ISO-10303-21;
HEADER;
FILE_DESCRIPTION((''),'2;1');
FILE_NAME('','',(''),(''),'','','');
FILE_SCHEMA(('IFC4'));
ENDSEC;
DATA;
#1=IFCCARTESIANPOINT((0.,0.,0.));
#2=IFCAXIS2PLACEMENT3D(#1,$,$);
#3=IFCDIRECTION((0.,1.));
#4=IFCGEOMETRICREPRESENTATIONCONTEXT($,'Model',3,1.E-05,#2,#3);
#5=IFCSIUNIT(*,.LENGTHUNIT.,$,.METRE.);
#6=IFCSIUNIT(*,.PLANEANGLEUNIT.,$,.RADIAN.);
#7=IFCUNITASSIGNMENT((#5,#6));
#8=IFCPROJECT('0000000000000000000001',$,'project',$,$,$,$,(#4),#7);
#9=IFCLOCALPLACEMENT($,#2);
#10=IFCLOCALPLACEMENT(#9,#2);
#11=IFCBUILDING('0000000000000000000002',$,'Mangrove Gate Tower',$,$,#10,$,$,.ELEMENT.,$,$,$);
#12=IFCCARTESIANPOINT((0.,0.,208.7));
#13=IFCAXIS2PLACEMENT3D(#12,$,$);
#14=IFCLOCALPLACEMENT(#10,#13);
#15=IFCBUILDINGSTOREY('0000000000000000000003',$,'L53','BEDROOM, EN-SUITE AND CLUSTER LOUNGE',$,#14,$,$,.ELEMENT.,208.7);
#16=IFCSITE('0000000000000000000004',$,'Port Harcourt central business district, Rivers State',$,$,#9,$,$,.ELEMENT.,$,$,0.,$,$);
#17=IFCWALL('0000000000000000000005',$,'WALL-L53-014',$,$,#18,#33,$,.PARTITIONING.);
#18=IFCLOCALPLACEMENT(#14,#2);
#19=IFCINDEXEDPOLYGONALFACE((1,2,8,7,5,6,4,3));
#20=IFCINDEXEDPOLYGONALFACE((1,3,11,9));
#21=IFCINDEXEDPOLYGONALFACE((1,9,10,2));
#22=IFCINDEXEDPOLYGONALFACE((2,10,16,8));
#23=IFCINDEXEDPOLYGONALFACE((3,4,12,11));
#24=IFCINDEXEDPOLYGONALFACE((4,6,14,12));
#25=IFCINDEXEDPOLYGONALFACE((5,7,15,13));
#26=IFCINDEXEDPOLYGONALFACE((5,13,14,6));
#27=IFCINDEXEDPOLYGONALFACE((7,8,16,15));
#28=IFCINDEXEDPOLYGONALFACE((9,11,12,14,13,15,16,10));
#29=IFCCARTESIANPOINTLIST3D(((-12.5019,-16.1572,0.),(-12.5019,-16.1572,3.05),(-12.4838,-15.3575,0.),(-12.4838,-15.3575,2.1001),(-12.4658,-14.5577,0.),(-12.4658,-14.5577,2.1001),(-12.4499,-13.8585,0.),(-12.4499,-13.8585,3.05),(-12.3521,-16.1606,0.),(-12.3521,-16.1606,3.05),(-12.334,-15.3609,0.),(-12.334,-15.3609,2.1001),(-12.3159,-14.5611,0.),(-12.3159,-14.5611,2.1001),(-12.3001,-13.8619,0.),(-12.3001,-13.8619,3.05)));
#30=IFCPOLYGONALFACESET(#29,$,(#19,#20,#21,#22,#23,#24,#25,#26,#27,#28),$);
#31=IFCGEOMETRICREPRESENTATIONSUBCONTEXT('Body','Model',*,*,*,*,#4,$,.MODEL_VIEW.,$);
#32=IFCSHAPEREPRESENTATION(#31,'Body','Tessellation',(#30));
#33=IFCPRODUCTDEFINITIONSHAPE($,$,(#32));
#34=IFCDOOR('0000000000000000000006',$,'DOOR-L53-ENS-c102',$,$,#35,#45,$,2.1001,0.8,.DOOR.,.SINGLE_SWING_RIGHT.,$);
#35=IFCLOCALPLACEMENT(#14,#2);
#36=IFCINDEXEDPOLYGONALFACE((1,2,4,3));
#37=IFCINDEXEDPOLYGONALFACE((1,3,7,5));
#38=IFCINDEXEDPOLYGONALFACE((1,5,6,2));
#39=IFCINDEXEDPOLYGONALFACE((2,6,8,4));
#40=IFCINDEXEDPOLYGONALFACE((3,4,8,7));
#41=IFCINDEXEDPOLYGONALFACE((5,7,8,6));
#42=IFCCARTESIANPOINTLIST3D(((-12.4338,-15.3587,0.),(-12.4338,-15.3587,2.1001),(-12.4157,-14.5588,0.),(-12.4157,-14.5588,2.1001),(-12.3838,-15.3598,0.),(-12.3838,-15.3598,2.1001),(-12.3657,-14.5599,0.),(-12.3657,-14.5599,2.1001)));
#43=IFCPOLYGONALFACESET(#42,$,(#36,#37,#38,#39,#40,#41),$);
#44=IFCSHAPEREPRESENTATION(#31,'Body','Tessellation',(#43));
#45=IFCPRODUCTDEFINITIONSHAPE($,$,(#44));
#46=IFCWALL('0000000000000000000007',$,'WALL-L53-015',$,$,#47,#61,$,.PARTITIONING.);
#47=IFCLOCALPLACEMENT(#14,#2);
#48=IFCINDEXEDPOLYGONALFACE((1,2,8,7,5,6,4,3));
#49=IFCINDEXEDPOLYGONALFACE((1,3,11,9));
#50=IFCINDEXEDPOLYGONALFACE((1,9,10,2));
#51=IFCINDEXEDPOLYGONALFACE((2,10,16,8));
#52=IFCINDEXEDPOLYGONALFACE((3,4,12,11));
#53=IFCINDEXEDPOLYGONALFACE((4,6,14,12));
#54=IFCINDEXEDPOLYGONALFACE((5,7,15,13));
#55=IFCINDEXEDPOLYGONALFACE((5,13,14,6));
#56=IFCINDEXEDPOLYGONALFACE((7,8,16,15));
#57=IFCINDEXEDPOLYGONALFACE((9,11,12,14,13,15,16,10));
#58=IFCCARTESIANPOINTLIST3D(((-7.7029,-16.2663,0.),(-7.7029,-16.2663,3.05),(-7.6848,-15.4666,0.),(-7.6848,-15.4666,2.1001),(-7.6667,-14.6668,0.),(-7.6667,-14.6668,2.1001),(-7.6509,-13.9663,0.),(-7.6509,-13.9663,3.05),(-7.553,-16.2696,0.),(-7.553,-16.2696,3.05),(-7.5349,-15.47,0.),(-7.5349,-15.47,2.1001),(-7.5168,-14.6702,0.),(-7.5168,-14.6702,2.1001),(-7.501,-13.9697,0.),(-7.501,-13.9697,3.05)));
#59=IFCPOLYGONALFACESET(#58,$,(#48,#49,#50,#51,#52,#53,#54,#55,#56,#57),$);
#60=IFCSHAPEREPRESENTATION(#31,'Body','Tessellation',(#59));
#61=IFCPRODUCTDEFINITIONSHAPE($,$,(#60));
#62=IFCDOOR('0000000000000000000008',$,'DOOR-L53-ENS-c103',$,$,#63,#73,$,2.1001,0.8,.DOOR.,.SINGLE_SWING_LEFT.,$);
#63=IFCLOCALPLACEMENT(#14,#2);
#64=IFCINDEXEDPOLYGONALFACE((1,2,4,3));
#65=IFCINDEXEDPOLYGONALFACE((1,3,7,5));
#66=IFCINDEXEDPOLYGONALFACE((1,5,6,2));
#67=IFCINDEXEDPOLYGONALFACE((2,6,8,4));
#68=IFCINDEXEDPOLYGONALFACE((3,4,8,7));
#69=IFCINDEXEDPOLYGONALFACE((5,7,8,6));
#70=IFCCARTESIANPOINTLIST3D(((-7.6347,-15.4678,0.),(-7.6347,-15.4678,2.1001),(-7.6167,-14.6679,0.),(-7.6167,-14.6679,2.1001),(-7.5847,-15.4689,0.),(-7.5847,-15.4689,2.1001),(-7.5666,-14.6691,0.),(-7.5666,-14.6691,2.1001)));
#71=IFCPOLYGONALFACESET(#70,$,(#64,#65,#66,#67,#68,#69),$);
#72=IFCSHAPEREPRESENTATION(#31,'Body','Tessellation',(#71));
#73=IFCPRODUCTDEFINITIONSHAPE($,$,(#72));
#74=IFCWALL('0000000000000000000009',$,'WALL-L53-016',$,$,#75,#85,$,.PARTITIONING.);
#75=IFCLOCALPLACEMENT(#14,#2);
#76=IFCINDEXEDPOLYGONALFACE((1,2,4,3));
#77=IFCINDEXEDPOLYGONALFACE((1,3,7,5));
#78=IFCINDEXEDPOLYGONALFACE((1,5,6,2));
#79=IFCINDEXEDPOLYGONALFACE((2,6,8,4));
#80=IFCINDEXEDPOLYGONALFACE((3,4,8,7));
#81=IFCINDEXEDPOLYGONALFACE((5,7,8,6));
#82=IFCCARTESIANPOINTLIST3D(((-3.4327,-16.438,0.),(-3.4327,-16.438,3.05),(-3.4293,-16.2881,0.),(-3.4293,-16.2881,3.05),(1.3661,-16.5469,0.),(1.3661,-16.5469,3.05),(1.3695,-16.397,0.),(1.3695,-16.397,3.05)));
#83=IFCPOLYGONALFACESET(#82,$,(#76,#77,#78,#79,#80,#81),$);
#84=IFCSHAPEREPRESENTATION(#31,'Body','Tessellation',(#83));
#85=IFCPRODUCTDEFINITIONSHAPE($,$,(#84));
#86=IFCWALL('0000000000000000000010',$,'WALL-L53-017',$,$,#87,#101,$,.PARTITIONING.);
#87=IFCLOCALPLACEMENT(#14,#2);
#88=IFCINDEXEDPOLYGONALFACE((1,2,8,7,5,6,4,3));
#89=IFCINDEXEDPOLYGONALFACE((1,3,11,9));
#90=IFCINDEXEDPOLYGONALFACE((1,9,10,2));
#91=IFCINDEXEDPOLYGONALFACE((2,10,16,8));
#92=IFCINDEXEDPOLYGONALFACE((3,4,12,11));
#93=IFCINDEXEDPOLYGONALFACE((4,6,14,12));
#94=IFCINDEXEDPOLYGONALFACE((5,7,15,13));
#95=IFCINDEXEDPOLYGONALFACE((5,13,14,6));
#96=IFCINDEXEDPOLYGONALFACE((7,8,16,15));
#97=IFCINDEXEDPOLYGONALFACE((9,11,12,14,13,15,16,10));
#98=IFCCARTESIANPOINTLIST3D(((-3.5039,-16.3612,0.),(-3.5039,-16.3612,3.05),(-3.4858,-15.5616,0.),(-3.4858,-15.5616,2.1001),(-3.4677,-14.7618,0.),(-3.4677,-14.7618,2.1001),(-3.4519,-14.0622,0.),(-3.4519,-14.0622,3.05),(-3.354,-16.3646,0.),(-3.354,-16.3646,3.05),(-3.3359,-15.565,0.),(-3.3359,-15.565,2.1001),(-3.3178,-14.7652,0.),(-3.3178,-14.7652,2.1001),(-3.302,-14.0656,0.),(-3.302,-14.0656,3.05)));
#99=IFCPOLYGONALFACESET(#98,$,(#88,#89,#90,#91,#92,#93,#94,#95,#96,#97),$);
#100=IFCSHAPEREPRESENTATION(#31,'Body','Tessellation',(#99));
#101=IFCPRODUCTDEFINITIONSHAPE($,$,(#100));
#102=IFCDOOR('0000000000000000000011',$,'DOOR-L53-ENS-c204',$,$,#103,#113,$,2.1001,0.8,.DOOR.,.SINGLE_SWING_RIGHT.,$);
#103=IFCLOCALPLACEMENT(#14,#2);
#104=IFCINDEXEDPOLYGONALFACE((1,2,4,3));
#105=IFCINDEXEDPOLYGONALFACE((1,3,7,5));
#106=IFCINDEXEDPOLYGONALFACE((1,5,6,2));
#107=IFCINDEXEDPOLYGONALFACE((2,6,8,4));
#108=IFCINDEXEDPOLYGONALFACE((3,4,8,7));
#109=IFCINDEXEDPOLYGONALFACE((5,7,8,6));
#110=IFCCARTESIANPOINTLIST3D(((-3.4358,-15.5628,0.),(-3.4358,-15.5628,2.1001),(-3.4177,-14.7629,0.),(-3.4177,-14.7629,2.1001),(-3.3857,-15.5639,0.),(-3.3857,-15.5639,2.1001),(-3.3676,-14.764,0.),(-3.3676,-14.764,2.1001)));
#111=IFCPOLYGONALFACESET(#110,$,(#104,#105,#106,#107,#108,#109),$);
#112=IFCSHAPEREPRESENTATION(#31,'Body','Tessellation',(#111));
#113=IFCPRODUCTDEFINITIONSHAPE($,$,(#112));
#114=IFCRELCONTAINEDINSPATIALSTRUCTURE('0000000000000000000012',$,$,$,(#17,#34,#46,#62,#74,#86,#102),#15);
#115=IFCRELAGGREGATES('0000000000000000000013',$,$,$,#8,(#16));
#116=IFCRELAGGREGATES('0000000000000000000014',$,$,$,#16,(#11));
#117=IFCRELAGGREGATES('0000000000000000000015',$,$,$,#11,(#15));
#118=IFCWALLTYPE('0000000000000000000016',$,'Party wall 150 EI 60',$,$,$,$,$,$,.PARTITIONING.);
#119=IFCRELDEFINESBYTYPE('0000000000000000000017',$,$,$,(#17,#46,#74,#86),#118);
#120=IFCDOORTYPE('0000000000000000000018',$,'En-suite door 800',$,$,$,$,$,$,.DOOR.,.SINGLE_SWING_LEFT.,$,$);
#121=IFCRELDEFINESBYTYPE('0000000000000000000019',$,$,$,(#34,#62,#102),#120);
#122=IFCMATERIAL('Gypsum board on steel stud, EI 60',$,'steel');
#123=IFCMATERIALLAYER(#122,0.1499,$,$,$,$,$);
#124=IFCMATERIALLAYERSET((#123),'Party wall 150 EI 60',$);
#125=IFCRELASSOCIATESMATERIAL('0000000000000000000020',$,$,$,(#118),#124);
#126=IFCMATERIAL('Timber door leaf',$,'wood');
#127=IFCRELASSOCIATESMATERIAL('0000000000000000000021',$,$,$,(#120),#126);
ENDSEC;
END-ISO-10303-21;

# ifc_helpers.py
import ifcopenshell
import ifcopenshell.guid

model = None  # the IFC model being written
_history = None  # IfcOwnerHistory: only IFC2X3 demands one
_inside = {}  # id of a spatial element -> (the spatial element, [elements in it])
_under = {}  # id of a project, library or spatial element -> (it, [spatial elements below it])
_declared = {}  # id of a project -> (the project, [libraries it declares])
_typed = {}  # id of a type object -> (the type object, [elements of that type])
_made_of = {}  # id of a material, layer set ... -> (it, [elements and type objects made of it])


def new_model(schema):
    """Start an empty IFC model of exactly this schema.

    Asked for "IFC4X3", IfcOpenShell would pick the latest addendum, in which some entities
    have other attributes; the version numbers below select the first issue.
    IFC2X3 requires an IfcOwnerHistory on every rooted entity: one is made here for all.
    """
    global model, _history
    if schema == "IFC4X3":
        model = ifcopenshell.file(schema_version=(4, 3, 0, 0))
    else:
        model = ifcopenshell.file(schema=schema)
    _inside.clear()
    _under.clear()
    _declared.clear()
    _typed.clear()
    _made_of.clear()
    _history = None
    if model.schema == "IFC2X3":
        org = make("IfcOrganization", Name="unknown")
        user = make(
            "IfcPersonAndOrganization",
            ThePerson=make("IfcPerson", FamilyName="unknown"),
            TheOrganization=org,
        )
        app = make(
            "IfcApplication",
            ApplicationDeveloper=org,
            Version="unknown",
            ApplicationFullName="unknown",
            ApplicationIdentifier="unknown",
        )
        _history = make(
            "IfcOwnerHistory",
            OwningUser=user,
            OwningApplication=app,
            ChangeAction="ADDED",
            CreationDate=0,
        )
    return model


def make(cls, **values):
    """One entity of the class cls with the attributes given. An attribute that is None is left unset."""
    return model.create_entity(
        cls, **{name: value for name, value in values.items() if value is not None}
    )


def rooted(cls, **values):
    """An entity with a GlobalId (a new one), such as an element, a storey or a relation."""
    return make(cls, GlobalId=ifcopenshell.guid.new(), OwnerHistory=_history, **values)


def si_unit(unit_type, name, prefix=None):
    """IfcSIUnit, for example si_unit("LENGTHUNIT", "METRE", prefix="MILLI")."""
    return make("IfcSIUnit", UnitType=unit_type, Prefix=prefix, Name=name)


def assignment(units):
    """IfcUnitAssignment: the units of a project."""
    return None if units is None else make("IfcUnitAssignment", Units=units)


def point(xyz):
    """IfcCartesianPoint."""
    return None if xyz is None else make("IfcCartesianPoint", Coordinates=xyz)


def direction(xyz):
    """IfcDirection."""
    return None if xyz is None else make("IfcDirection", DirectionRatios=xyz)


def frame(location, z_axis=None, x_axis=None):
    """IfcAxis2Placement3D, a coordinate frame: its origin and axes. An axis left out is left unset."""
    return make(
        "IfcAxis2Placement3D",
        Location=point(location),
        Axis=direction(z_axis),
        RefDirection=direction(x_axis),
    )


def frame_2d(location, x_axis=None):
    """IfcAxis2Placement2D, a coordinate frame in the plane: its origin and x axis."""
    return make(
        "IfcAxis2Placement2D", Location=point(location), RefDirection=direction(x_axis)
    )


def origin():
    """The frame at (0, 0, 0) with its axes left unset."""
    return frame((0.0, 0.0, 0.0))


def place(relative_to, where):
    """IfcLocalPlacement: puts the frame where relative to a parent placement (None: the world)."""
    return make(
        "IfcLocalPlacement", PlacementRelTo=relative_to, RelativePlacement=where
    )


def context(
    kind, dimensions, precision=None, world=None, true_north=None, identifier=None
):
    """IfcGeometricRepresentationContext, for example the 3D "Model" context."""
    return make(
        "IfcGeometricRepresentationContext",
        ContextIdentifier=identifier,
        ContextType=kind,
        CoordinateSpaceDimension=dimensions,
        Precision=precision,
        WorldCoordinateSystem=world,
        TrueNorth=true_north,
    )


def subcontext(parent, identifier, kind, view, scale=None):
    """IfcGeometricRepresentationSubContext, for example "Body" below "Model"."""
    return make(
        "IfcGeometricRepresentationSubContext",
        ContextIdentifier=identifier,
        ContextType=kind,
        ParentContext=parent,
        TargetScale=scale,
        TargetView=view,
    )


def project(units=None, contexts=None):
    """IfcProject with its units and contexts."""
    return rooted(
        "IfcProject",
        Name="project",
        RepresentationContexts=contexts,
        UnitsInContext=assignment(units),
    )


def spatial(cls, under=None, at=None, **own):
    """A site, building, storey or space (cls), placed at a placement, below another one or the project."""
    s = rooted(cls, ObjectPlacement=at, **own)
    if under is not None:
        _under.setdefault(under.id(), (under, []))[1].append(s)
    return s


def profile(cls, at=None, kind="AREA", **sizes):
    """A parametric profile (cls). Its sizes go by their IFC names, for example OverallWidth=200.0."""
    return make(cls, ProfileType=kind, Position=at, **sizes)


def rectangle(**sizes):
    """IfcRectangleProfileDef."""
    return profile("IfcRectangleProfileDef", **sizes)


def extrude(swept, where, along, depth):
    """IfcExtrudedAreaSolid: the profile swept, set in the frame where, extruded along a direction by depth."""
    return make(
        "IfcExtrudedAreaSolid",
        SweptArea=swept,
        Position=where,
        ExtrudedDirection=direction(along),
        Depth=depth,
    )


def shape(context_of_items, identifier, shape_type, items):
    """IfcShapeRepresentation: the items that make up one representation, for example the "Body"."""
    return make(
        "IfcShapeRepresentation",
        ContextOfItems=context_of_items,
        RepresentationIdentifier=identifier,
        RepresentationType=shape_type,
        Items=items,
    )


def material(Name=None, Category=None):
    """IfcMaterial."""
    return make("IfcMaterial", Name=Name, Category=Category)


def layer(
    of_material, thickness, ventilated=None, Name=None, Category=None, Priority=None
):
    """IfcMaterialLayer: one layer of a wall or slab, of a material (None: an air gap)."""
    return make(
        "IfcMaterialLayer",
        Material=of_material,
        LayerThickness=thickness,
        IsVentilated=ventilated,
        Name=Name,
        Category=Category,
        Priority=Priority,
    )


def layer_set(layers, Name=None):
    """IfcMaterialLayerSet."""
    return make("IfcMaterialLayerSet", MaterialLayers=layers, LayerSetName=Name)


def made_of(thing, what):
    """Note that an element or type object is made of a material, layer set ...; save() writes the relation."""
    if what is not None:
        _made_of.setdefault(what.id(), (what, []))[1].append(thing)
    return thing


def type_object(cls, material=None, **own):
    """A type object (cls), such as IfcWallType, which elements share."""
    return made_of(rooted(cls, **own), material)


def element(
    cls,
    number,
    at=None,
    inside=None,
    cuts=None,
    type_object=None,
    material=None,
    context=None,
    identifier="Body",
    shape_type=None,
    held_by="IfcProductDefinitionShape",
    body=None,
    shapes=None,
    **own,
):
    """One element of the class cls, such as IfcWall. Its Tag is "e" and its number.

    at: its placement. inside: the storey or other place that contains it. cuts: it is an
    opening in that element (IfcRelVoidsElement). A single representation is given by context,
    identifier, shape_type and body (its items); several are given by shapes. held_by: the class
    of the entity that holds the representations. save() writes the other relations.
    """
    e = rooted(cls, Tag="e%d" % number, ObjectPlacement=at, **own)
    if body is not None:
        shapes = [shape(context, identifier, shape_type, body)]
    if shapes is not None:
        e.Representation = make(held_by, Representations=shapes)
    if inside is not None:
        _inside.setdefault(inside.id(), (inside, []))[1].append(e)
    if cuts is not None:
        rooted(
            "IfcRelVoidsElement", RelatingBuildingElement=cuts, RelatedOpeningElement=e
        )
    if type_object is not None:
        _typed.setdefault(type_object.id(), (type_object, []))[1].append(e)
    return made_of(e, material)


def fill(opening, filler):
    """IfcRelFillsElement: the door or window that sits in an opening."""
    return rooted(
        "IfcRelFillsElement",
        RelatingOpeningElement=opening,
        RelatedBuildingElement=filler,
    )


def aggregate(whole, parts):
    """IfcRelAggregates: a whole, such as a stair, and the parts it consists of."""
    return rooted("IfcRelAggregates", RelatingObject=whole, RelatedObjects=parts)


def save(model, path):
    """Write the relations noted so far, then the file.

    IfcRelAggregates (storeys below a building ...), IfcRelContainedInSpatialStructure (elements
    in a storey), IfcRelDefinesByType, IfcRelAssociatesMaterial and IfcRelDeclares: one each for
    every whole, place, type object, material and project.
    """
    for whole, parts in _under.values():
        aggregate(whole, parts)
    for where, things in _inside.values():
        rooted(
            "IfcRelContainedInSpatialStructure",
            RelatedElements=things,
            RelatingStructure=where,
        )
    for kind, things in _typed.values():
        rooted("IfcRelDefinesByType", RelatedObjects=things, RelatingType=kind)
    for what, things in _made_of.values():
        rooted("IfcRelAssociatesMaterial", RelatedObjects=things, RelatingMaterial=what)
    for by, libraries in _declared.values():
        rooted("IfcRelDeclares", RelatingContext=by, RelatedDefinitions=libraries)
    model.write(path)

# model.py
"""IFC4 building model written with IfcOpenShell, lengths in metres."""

from ifc_helpers import new_model, si_unit, direction, frame, frame_2d, origin, place, context, subcontext, project, spatial, rectangle, extrude, material, layer, layer_set, type_object, element, fill, save


model = new_model("IFC4")

# Units and contexts
model_context = context("Model", 3, precision=1e-05, world=origin(), true_north=direction((0.0, 1.0)))
body_context = subcontext(model_context, "Body", "Model", "MODEL_VIEW")
ifc_project = project(units=[si_unit("LENGTHUNIT", "METRE"), si_unit("PLANEANGLEUNIT", "RADIAN")], contexts=[model_context])

# Site, building, storey
site_placement = place(None, origin())
site = spatial("IfcSite", under=ifc_project, at=site_placement, Name="Port Harcourt central business district, Rivers State", CompositionType="ELEMENT", RefElevation=0.0)
building_placement = place(site_placement, origin())
building = spatial("IfcBuilding", under=site, at=building_placement, Name="Mangrove Gate Tower", CompositionType="ELEMENT")
storey_placement = place(building_placement, frame((0.0, 0.0, 208.7)))
storey = spatial("IfcBuildingStorey", under=building, at=storey_placement, Name="L53", Description="BEDROOM, EN-SUITE AND CLUSTER LOUNGE", CompositionType="ELEMENT", Elevation=208.7)

# Shared definitions
ifc_material_1 = material(Name="Gypsum board on steel stud, EI 60", Category="steel")
ifc_layer = layer(ifc_material_1, 0.1499)
ifc_layer_set = layer_set([ifc_layer], Name="Party wall 150 EI 60")
wall_type = type_object("IfcWallType", Name="Party wall 150 EI 60", PredefinedType="PARTITIONING", material=ifc_layer_set)

# Shared definitions
ifc_material_2 = material(Name="Timber door leaf", Category="wood")
door_type = type_object("IfcDoorType", Name="En-suite door 800", OperationType="SINGLE_SWING_LEFT", PredefinedType="DOOR", material=ifc_material_2)

# Walls, openings, doors
wall_1_placement = place(storey_placement, frame((-12.427, -16.1589, 0.0), z_axis=(0.0, 0.0, 1.0), x_axis=(0.022615, 0.999744, 0.0)))
wall_1 = element("IfcWall", 1, at=wall_1_placement, inside=storey, type_object=wall_type, Name="WALL-L53-014", PredefinedType="PARTITIONING", context=body_context, shape_type="SweptSolid", body=[
    extrude(rectangle(XDim=2.2993, YDim=0.1499, at=frame_2d((1.1497, 0.0))), origin(), (0.0, 0.0, 1.0), 3.05),
])
opening_1_placement = place(wall_1_placement, frame((0.8, 0.0, 0.0)))
opening_1 = element("IfcOpeningElement", 2, at=opening_1_placement, cuts=wall_1, PredefinedType="OPENING", context=body_context, shape_type="SweptSolid", body=[
    extrude(rectangle(XDim=0.8, YDim=2.1001, at=frame_2d((0.3999, 1.05))), frame((0.0, 0.085, 0.0), z_axis=(0.0, -1.0, 0.0), x_axis=(1.0, 0.0, 0.0)), (0.0, 0.0, 1.0), 0.1699),
])
door_1_placement = place(opening_1_placement, origin())
door_1 = element("IfcDoor", 3, at=door_1_placement, inside=storey, type_object=door_type, Name="DOOR-L53-ENS-c102", OperationType="SINGLE_SWING_RIGHT", OverallHeight=2.1001, OverallWidth=0.8, PredefinedType="DOOR", context=body_context, shape_type="SweptSolid", body=[
    extrude(rectangle(XDim=0.8, YDim=2.1001, at=frame_2d((0.3999, 1.05))), frame((0.0, 0.0249, 0.0), z_axis=(0.0, -1.0, 0.0), x_axis=(1.0, 0.0, 0.0)), (0.0, 0.0, 1.0), 0.05),
])
fill(opening_1, door_1)
wall_2_placement = place(storey_placement, frame((-7.6279, -16.2681, 0.0), z_axis=(0.0, 0.0, 1.0), x_axis=(0.022603, 0.999745, 0.0)))
wall_2 = element("IfcWall", 4, at=wall_2_placement, inside=storey, type_object=wall_type, Name="WALL-L53-015", PredefinedType="PARTITIONING", context=body_context, shape_type="SweptSolid", body=[
    extrude(rectangle(XDim=2.3005, YDim=0.1499, at=frame_2d((1.1504, 0.0))), origin(), (0.0, 0.0, 1.0), 3.05),
])
opening_2_placement = place(wall_2_placement, frame((0.8, 0.0, 0.0)))
opening_2 = element("IfcOpeningElement", 5, at=opening_2_placement, cuts=wall_2, PredefinedType="OPENING", context=body_context, shape_type="SweptSolid", body=[
    extrude(rectangle(XDim=0.8, YDim=2.1001, at=frame_2d((0.3999, 1.05))), frame((0.0, 0.085, 0.0), z_axis=(0.0, -1.0, 0.0), x_axis=(1.0, 0.0, 0.0)), (0.0, 0.0, 1.0), 0.1699),
])
door_2_placement = place(opening_2_placement, origin())
door_2 = element("IfcDoor", 6, at=door_2_placement, inside=storey, type_object=door_type, Name="DOOR-L53-ENS-c103", OperationType="SINGLE_SWING_LEFT", OverallHeight=2.1001, OverallWidth=0.8, PredefinedType="DOOR", context=body_context, shape_type="SweptSolid", body=[
    extrude(rectangle(XDim=0.8, YDim=2.1001, at=frame_2d((0.3999, 1.05))), frame((0.0, 0.0249, 0.0), z_axis=(0.0, -1.0, 0.0), x_axis=(1.0, 0.0, 0.0)), (0.0, 0.0, 1.0), 0.05),
])
fill(opening_2, door_2)

# Wall
wall_3_placement = place(storey_placement, frame((-3.4309, -16.363, 0.0), z_axis=(0.0, 0.0, 1.0), x_axis=(0.999743, -0.022684, 0.0)))
element("IfcWall", 7, at=wall_3_placement, inside=storey, type_object=wall_type, Name="WALL-L53-016", PredefinedType="PARTITIONING", context=body_context, shape_type="SweptSolid", body=[
    extrude(rectangle(XDim=4.8, YDim=0.1499, at=frame_2d((2.3999, 0.0))), origin(), (0.0, 0.0, 1.0), 3.05),
])

# Wall, opening, door
wall_4_placement = place(storey_placement, frame((-3.429, -16.363, 0.0), z_axis=(0.0, 0.0, 1.0), x_axis=(0.022613, 0.999744, 0.0)))
wall_4 = element("IfcWall", 8, at=wall_4_placement, inside=storey, type_object=wall_type, Name="WALL-L53-017", PredefinedType="PARTITIONING", context=body_context, shape_type="SweptSolid", body=[
    extrude(rectangle(XDim=2.2996, YDim=0.1499, at=frame_2d((1.1499, 0.0))), origin(), (0.0, 0.0, 1.0), 3.05),
])
opening_3_placement = place(wall_4_placement, frame((0.8, 0.0, 0.0)))
opening_3 = element("IfcOpeningElement", 9, at=opening_3_placement, cuts=wall_4, PredefinedType="OPENING", context=body_context, shape_type="SweptSolid", body=[
    extrude(rectangle(XDim=0.8, YDim=2.1001, at=frame_2d((0.3999, 1.05))), frame((0.0, 0.085, 0.0), z_axis=(0.0, -1.0, 0.0), x_axis=(1.0, 0.0, 0.0)), (0.0, 0.0, 1.0), 0.1699),
])
door_3_placement = place(opening_3_placement, origin())
door_3 = element("IfcDoor", 10, at=door_3_placement, inside=storey, type_object=door_type, Name="DOOR-L53-ENS-c204", OperationType="SINGLE_SWING_RIGHT", OverallHeight=2.1001, OverallWidth=0.8, PredefinedType="DOOR", context=body_context, shape_type="SweptSolid", body=[
    extrude(rectangle(XDim=0.8, YDim=2.1001, at=frame_2d((0.3999, 1.05))), frame((0.0, 0.0249, 0.0), z_axis=(0.0, -1.0, 0.0), x_axis=(1.0, 0.0, 0.0)), (0.0, 0.0, 1.0), 0.05),
])
fill(opening_3, door_3)

save(model, "model.ifc")
